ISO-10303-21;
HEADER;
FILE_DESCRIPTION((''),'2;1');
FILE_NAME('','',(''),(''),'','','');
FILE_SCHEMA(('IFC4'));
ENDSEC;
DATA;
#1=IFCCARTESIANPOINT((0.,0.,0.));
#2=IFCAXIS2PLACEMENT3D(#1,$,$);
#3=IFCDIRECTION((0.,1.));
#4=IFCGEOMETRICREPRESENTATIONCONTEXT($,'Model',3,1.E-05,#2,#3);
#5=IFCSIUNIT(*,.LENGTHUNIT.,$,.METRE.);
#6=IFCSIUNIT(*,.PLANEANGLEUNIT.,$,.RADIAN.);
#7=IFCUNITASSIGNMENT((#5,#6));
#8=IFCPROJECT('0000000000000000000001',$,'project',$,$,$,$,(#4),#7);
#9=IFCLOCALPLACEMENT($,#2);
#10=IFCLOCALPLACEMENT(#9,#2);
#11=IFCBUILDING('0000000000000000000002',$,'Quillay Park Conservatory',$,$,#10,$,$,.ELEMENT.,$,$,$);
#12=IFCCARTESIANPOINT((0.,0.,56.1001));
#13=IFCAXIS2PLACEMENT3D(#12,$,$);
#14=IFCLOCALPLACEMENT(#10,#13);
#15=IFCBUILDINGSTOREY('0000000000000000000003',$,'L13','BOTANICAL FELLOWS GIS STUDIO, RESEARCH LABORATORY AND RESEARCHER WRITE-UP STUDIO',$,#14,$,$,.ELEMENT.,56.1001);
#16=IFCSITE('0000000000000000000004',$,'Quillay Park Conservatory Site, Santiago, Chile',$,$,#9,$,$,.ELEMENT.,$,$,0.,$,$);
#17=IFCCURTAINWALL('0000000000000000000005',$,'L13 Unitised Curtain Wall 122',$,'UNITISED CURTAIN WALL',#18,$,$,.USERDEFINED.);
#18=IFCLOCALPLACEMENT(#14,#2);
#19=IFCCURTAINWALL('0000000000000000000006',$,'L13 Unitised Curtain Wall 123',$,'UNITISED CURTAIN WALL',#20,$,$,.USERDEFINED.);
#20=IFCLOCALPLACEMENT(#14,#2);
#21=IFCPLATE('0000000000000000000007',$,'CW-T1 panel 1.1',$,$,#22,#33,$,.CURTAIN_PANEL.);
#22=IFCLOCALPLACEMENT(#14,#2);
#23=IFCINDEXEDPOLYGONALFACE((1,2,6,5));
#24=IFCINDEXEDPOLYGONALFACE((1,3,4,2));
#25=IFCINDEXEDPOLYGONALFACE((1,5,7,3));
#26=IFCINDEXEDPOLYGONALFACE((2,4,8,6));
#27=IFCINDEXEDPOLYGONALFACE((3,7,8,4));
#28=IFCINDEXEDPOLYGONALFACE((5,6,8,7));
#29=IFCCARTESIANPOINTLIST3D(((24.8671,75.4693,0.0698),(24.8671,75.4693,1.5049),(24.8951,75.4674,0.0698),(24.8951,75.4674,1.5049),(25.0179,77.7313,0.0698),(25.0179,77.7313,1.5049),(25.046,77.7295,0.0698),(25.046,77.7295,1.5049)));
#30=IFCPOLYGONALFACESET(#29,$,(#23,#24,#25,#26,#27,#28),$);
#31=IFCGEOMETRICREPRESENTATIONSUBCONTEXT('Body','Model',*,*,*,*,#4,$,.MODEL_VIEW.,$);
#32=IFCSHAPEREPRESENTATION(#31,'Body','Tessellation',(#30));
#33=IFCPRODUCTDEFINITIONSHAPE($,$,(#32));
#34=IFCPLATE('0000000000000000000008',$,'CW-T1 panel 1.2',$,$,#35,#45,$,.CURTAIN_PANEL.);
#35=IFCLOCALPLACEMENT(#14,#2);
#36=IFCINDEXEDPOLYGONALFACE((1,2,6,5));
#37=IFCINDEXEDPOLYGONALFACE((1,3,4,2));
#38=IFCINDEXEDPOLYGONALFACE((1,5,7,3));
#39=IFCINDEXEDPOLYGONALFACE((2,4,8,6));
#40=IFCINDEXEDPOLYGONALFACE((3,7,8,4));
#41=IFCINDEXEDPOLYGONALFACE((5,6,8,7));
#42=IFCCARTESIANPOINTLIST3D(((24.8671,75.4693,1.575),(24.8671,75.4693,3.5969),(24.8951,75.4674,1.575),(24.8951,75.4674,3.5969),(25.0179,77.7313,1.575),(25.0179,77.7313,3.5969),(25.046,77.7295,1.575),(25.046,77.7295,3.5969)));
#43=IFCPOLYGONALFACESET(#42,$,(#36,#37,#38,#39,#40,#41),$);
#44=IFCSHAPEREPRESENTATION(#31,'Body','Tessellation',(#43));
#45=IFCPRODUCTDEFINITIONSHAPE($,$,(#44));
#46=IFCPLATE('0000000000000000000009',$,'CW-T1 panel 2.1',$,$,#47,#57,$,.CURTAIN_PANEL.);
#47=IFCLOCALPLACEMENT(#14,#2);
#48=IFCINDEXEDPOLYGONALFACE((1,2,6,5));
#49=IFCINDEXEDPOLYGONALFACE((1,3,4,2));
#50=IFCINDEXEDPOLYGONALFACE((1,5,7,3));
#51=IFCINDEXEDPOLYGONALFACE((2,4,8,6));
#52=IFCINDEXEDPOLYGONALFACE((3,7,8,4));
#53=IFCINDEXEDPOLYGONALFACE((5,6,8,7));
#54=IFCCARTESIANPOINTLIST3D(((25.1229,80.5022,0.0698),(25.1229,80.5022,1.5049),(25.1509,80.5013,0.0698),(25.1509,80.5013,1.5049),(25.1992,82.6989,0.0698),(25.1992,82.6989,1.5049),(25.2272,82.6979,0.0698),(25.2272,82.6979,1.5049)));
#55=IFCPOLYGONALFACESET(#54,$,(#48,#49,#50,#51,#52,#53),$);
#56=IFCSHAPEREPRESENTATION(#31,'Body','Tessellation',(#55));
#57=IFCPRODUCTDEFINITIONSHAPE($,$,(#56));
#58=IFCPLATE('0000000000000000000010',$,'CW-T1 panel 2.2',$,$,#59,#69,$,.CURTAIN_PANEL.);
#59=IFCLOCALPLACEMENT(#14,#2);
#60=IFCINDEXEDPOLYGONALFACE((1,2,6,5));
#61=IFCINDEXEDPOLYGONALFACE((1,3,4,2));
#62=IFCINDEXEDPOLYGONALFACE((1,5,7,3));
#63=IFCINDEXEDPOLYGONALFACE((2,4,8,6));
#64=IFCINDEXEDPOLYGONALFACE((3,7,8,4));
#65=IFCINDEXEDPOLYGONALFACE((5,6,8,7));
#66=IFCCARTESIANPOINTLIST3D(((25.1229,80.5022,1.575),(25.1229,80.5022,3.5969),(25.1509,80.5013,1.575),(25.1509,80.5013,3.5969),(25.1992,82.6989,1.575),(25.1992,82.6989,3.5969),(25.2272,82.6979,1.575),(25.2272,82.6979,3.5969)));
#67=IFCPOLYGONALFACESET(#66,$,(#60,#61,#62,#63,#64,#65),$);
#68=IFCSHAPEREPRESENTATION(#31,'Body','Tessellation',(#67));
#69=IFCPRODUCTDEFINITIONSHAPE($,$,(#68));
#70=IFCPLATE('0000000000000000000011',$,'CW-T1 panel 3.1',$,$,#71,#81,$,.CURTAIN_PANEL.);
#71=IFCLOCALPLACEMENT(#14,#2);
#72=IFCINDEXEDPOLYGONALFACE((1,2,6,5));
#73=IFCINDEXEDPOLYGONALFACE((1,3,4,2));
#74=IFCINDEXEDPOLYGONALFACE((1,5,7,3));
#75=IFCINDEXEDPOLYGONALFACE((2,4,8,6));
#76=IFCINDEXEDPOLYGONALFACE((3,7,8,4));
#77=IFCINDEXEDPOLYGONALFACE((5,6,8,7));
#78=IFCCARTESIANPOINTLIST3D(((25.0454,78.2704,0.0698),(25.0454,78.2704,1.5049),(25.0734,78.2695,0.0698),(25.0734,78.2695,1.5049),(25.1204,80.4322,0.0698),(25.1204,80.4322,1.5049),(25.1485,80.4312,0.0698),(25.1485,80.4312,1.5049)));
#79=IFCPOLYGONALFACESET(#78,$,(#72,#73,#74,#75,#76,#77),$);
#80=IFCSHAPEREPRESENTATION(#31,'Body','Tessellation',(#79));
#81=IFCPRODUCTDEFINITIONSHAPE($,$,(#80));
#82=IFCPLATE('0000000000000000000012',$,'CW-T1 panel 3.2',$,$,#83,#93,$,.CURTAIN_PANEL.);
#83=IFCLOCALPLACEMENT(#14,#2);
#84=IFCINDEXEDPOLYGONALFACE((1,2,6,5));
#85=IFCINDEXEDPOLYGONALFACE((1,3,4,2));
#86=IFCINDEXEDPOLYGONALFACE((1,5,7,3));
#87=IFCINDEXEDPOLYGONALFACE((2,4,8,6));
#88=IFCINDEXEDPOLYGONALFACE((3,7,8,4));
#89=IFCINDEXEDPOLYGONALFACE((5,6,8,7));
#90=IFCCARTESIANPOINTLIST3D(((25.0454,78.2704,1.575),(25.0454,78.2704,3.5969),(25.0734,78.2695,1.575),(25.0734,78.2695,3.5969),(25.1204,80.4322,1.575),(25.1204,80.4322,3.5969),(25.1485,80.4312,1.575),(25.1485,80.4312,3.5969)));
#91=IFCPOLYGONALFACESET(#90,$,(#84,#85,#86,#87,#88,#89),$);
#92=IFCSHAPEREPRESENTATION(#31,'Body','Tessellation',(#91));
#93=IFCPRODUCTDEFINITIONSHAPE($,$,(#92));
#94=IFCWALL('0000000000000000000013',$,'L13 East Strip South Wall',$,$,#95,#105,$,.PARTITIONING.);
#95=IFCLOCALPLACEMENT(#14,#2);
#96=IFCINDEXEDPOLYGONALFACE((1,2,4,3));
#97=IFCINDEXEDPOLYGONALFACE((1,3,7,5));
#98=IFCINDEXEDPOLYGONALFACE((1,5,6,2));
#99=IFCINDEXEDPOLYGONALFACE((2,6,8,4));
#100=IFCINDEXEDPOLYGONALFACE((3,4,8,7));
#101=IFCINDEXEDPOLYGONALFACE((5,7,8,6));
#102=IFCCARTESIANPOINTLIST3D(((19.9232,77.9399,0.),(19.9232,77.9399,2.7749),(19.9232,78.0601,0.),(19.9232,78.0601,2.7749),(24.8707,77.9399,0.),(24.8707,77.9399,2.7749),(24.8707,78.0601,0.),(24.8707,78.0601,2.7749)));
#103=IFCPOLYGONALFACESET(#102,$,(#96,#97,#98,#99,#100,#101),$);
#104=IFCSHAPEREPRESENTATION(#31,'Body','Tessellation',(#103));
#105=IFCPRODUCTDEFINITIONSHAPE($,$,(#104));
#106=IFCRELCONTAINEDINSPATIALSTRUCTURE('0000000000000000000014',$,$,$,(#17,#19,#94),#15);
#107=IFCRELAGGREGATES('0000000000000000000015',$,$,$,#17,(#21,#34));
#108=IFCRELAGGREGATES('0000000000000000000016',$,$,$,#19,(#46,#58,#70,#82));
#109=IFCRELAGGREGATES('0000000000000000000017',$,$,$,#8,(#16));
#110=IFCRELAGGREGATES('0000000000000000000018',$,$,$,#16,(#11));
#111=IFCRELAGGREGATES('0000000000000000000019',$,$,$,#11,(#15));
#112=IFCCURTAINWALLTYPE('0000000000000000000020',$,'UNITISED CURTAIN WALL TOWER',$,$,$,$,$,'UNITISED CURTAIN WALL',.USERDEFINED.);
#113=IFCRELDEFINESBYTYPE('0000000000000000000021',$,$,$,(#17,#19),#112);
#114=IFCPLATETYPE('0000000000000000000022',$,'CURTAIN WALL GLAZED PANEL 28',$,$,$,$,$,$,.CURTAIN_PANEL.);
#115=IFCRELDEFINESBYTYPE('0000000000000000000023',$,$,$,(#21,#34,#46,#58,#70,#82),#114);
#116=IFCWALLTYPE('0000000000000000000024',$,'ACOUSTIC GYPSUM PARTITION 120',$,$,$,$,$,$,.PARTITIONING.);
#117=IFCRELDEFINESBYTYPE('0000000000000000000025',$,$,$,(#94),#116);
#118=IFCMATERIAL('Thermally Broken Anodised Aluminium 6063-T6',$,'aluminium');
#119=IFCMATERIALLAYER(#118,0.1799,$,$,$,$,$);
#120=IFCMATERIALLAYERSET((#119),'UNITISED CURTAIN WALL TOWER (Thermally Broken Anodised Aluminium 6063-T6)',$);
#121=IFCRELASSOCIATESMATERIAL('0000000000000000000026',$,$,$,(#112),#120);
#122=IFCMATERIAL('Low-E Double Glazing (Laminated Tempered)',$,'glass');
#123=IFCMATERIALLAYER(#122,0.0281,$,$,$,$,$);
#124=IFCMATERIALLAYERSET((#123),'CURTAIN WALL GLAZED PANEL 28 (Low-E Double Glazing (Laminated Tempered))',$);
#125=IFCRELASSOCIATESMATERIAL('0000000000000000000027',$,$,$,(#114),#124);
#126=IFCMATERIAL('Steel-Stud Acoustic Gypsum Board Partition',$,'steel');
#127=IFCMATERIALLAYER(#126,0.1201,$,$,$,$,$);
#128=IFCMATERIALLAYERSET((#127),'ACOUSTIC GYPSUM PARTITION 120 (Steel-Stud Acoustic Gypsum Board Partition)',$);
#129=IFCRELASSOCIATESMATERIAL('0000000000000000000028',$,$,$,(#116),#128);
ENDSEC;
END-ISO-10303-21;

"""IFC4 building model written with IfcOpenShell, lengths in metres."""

from ifc_helpers import new_model, si_unit, direction, frame, frame_2d, origin, origin_2d, place, context, subcontext, project, spatial, rectangle, extrude, material, layer, layer_set, type_object, element, aggregate, save


model = new_model("IFC4")

# Units and contexts
model_context = context("Model", 3, precision=1e-05, world=origin(), true_north=direction((0.0, 1.0)))
body_context = subcontext(model_context, "Body", "Model", "MODEL_VIEW")
ifc_project = project(units=[si_unit("LENGTHUNIT", "METRE"), si_unit("PLANEANGLEUNIT", "RADIAN")], contexts=[model_context])

# Site, building, storey
site_placement = place(None, origin())
site = spatial("IfcSite", under=ifc_project, at=site_placement, Name="Quillay Park Conservatory Site, Santiago, Chile", CompositionType="ELEMENT", RefElevation=0.0)
building_placement = place(site_placement, origin())
building = spatial("IfcBuilding", under=site, at=building_placement, Name="Quillay Park Conservatory", CompositionType="ELEMENT")
storey_placement = place(building_placement, frame((0.0, 0.0, 56.1001)))
storey = spatial("IfcBuildingStorey", under=building, at=storey_placement, Name="L13", Description="BOTANICAL FELLOWS GIS STUDIO, RESEARCH LABORATORY AND RESEARCHER WRITE-UP STUDIO", CompositionType="ELEMENT", Elevation=56.1001)

# Curtain wall
ifc_material_1 = material(Name="Thermally Broken Anodised Aluminium 6063-T6", Category="aluminium")
ifc_layer_1 = layer(ifc_material_1, 0.1799)
ifc_layer_set_1 = layer_set([ifc_layer_1], Name="UNITISED CURTAIN WALL TOWER (Thermally Broken Anodised Aluminium 6063-T6)")
curtain_wall_type = type_object("IfcCurtainWallType", Name="UNITISED CURTAIN WALL TOWER", ElementType="UNITISED CURTAIN WALL", PredefinedType="USERDEFINED", material=ifc_layer_set_1)
curtain_wall_1_placement = place(storey_placement, origin())
curtain_wall_1 = element("IfcCurtainWall", 1, at=curtain_wall_1_placement, inside=storey, type_object=curtain_wall_type, Name="L13 Unitised Curtain Wall 122", ObjectType="UNITISED CURTAIN WALL", PredefinedType="USERDEFINED")

# Curtain wall
curtain_wall_2_placement = place(storey_placement, origin())
curtain_wall_2 = element("IfcCurtainWall", 2, at=curtain_wall_2_placement, inside=storey, type_object=curtain_wall_type, Name="L13 Unitised Curtain Wall 123", ObjectType="UNITISED CURTAIN WALL", PredefinedType="USERDEFINED")

# Plates
ifc_material_2 = material(Name="Low-E Double Glazing (Laminated Tempered)", Category="glass")
ifc_layer_2 = layer(ifc_material_2, 0.0281)
ifc_layer_set_2 = layer_set([ifc_layer_2], Name="CURTAIN WALL GLAZED PANEL 28 (Low-E Double Glazing (Laminated Tempered))")
plate_type = type_object("IfcPlateType", Name="CURTAIN WALL GLAZED PANEL 28", PredefinedType="CURTAIN_PANEL", material=ifc_layer_set_2)
plate_1_placement = place(storey_placement, frame((24.9565, 76.5994, 0.0698), z_axis=(0.0, 0.0, 1.0), x_axis=(-0.066521, -0.997785, 0.0)))
plate_1 = element("IfcPlate", 3, at=plate_1_placement, type_object=plate_type, Name="CW-T1 panel 1.1", PredefinedType="CURTAIN_PANEL", context=body_context, shape_type="SweptSolid", body=[
    extrude(rectangle(XDim=2.2671, YDim=0.0281, at=origin_2d()), origin(), (0.0, 0.0, 1.0), 1.4351),
])
plate_2_placement = place(storey_placement, frame((24.9565, 76.5994, 1.575), z_axis=(0.0, 0.0, 1.0), x_axis=(-0.066521, -0.997785, 0.0)))
plate_2 = element("IfcPlate", 4, at=plate_2_placement, type_object=plate_type, Name="CW-T1 panel 1.2", PredefinedType="CURTAIN_PANEL", context=body_context, shape_type="SweptSolid", body=[
    extrude(rectangle(XDim=2.2671, YDim=0.0281, at=origin_2d()), origin(), (0.0, 0.0, 1.0), 2.022),
])
aggregate(curtain_wall_1, [plate_1, plate_2])
plate_3_placement = place(storey_placement, frame((25.175, 81.6001, 0.0698), z_axis=(0.0, 0.0, 1.0), x_axis=(-0.034713, -0.999397, 0.0)))
plate_3 = element("IfcPlate", 5, at=plate_3_placement, type_object=plate_type, Name="CW-T1 panel 2.1", PredefinedType="CURTAIN_PANEL", context=body_context, shape_type="SweptSolid", body=[
    extrude(rectangle(XDim=2.198, YDim=0.0281, at=origin_2d()), origin(), (0.0, 0.0, 1.0), 1.4351),
])
plate_4_placement = place(storey_placement, frame((25.175, 81.6001, 1.575), z_axis=(0.0, 0.0, 1.0), x_axis=(-0.034713, -0.999397, 0.0)))
plate_4 = element("IfcPlate", 6, at=plate_4_placement, type_object=plate_type, Name="CW-T1 panel 2.2", PredefinedType="CURTAIN_PANEL", context=body_context, shape_type="SweptSolid", body=[
    extrude(rectangle(XDim=2.198, YDim=0.0281, at=origin_2d()), origin(), (0.0, 0.0, 1.0), 2.022),
])
plate_5_placement = place(storey_placement, frame((25.0969, 79.3508, 0.0698), z_axis=(0.0, 0.0, 1.0), x_axis=(-0.034713, -0.999397, 0.0)))
plate_5 = element("IfcPlate", 7, at=plate_5_placement, type_object=plate_type, Name="CW-T1 panel 3.1", PredefinedType="CURTAIN_PANEL", context=body_context, shape_type="SweptSolid", body=[
    extrude(rectangle(XDim=2.1631, YDim=0.0281, at=origin_2d()), origin(), (0.0, 0.0, 1.0), 1.4351),
])
plate_6_placement = place(storey_placement, frame((25.0969, 79.3508, 1.575), z_axis=(0.0, 0.0, 1.0), x_axis=(-0.034713, -0.999397, 0.0)))
plate_6 = element("IfcPlate", 8, at=plate_6_placement, type_object=plate_type, Name="CW-T1 panel 3.2", PredefinedType="CURTAIN_PANEL", context=body_context, shape_type="SweptSolid", body=[
    extrude(rectangle(XDim=2.1631, YDim=0.0281, at=origin_2d()), origin(), (0.0, 0.0, 1.0), 2.022),
])
aggregate(curtain_wall_2, [plate_3, plate_4, plate_5, plate_6])

# Wall
ifc_material_3 = material(Name="Steel-Stud Acoustic Gypsum Board Partition", Category="steel")
ifc_layer_3 = layer(ifc_material_3, 0.1201)
ifc_layer_set_3 = layer_set([ifc_layer_3], Name="ACOUSTIC GYPSUM PARTITION 120 (Steel-Stud Acoustic Gypsum Board Partition)")
wall_type = type_object("IfcWallType", Name="ACOUSTIC GYPSUM PARTITION 120", PredefinedType="PARTITIONING", material=ifc_layer_set_3)
wall_placement = place(storey_placement, frame((24.8706, 78.0, 0.0), z_axis=(0.0, 0.0, 1.0), x_axis=(-1.0, 0.0, 0.0)))
element("IfcWall", 9, at=wall_placement, inside=storey, type_object=wall_type, Name="L13 East Strip South Wall", PredefinedType="PARTITIONING", context=body_context, shape_type="SweptSolid", body=[
    extrude(rectangle(XDim=4.9475, YDim=0.1201, at=frame_2d((2.4736, 0.0))), origin(), (0.0, 0.0, 1.0), 2.7749),
])

save(model, "model.ifc")
